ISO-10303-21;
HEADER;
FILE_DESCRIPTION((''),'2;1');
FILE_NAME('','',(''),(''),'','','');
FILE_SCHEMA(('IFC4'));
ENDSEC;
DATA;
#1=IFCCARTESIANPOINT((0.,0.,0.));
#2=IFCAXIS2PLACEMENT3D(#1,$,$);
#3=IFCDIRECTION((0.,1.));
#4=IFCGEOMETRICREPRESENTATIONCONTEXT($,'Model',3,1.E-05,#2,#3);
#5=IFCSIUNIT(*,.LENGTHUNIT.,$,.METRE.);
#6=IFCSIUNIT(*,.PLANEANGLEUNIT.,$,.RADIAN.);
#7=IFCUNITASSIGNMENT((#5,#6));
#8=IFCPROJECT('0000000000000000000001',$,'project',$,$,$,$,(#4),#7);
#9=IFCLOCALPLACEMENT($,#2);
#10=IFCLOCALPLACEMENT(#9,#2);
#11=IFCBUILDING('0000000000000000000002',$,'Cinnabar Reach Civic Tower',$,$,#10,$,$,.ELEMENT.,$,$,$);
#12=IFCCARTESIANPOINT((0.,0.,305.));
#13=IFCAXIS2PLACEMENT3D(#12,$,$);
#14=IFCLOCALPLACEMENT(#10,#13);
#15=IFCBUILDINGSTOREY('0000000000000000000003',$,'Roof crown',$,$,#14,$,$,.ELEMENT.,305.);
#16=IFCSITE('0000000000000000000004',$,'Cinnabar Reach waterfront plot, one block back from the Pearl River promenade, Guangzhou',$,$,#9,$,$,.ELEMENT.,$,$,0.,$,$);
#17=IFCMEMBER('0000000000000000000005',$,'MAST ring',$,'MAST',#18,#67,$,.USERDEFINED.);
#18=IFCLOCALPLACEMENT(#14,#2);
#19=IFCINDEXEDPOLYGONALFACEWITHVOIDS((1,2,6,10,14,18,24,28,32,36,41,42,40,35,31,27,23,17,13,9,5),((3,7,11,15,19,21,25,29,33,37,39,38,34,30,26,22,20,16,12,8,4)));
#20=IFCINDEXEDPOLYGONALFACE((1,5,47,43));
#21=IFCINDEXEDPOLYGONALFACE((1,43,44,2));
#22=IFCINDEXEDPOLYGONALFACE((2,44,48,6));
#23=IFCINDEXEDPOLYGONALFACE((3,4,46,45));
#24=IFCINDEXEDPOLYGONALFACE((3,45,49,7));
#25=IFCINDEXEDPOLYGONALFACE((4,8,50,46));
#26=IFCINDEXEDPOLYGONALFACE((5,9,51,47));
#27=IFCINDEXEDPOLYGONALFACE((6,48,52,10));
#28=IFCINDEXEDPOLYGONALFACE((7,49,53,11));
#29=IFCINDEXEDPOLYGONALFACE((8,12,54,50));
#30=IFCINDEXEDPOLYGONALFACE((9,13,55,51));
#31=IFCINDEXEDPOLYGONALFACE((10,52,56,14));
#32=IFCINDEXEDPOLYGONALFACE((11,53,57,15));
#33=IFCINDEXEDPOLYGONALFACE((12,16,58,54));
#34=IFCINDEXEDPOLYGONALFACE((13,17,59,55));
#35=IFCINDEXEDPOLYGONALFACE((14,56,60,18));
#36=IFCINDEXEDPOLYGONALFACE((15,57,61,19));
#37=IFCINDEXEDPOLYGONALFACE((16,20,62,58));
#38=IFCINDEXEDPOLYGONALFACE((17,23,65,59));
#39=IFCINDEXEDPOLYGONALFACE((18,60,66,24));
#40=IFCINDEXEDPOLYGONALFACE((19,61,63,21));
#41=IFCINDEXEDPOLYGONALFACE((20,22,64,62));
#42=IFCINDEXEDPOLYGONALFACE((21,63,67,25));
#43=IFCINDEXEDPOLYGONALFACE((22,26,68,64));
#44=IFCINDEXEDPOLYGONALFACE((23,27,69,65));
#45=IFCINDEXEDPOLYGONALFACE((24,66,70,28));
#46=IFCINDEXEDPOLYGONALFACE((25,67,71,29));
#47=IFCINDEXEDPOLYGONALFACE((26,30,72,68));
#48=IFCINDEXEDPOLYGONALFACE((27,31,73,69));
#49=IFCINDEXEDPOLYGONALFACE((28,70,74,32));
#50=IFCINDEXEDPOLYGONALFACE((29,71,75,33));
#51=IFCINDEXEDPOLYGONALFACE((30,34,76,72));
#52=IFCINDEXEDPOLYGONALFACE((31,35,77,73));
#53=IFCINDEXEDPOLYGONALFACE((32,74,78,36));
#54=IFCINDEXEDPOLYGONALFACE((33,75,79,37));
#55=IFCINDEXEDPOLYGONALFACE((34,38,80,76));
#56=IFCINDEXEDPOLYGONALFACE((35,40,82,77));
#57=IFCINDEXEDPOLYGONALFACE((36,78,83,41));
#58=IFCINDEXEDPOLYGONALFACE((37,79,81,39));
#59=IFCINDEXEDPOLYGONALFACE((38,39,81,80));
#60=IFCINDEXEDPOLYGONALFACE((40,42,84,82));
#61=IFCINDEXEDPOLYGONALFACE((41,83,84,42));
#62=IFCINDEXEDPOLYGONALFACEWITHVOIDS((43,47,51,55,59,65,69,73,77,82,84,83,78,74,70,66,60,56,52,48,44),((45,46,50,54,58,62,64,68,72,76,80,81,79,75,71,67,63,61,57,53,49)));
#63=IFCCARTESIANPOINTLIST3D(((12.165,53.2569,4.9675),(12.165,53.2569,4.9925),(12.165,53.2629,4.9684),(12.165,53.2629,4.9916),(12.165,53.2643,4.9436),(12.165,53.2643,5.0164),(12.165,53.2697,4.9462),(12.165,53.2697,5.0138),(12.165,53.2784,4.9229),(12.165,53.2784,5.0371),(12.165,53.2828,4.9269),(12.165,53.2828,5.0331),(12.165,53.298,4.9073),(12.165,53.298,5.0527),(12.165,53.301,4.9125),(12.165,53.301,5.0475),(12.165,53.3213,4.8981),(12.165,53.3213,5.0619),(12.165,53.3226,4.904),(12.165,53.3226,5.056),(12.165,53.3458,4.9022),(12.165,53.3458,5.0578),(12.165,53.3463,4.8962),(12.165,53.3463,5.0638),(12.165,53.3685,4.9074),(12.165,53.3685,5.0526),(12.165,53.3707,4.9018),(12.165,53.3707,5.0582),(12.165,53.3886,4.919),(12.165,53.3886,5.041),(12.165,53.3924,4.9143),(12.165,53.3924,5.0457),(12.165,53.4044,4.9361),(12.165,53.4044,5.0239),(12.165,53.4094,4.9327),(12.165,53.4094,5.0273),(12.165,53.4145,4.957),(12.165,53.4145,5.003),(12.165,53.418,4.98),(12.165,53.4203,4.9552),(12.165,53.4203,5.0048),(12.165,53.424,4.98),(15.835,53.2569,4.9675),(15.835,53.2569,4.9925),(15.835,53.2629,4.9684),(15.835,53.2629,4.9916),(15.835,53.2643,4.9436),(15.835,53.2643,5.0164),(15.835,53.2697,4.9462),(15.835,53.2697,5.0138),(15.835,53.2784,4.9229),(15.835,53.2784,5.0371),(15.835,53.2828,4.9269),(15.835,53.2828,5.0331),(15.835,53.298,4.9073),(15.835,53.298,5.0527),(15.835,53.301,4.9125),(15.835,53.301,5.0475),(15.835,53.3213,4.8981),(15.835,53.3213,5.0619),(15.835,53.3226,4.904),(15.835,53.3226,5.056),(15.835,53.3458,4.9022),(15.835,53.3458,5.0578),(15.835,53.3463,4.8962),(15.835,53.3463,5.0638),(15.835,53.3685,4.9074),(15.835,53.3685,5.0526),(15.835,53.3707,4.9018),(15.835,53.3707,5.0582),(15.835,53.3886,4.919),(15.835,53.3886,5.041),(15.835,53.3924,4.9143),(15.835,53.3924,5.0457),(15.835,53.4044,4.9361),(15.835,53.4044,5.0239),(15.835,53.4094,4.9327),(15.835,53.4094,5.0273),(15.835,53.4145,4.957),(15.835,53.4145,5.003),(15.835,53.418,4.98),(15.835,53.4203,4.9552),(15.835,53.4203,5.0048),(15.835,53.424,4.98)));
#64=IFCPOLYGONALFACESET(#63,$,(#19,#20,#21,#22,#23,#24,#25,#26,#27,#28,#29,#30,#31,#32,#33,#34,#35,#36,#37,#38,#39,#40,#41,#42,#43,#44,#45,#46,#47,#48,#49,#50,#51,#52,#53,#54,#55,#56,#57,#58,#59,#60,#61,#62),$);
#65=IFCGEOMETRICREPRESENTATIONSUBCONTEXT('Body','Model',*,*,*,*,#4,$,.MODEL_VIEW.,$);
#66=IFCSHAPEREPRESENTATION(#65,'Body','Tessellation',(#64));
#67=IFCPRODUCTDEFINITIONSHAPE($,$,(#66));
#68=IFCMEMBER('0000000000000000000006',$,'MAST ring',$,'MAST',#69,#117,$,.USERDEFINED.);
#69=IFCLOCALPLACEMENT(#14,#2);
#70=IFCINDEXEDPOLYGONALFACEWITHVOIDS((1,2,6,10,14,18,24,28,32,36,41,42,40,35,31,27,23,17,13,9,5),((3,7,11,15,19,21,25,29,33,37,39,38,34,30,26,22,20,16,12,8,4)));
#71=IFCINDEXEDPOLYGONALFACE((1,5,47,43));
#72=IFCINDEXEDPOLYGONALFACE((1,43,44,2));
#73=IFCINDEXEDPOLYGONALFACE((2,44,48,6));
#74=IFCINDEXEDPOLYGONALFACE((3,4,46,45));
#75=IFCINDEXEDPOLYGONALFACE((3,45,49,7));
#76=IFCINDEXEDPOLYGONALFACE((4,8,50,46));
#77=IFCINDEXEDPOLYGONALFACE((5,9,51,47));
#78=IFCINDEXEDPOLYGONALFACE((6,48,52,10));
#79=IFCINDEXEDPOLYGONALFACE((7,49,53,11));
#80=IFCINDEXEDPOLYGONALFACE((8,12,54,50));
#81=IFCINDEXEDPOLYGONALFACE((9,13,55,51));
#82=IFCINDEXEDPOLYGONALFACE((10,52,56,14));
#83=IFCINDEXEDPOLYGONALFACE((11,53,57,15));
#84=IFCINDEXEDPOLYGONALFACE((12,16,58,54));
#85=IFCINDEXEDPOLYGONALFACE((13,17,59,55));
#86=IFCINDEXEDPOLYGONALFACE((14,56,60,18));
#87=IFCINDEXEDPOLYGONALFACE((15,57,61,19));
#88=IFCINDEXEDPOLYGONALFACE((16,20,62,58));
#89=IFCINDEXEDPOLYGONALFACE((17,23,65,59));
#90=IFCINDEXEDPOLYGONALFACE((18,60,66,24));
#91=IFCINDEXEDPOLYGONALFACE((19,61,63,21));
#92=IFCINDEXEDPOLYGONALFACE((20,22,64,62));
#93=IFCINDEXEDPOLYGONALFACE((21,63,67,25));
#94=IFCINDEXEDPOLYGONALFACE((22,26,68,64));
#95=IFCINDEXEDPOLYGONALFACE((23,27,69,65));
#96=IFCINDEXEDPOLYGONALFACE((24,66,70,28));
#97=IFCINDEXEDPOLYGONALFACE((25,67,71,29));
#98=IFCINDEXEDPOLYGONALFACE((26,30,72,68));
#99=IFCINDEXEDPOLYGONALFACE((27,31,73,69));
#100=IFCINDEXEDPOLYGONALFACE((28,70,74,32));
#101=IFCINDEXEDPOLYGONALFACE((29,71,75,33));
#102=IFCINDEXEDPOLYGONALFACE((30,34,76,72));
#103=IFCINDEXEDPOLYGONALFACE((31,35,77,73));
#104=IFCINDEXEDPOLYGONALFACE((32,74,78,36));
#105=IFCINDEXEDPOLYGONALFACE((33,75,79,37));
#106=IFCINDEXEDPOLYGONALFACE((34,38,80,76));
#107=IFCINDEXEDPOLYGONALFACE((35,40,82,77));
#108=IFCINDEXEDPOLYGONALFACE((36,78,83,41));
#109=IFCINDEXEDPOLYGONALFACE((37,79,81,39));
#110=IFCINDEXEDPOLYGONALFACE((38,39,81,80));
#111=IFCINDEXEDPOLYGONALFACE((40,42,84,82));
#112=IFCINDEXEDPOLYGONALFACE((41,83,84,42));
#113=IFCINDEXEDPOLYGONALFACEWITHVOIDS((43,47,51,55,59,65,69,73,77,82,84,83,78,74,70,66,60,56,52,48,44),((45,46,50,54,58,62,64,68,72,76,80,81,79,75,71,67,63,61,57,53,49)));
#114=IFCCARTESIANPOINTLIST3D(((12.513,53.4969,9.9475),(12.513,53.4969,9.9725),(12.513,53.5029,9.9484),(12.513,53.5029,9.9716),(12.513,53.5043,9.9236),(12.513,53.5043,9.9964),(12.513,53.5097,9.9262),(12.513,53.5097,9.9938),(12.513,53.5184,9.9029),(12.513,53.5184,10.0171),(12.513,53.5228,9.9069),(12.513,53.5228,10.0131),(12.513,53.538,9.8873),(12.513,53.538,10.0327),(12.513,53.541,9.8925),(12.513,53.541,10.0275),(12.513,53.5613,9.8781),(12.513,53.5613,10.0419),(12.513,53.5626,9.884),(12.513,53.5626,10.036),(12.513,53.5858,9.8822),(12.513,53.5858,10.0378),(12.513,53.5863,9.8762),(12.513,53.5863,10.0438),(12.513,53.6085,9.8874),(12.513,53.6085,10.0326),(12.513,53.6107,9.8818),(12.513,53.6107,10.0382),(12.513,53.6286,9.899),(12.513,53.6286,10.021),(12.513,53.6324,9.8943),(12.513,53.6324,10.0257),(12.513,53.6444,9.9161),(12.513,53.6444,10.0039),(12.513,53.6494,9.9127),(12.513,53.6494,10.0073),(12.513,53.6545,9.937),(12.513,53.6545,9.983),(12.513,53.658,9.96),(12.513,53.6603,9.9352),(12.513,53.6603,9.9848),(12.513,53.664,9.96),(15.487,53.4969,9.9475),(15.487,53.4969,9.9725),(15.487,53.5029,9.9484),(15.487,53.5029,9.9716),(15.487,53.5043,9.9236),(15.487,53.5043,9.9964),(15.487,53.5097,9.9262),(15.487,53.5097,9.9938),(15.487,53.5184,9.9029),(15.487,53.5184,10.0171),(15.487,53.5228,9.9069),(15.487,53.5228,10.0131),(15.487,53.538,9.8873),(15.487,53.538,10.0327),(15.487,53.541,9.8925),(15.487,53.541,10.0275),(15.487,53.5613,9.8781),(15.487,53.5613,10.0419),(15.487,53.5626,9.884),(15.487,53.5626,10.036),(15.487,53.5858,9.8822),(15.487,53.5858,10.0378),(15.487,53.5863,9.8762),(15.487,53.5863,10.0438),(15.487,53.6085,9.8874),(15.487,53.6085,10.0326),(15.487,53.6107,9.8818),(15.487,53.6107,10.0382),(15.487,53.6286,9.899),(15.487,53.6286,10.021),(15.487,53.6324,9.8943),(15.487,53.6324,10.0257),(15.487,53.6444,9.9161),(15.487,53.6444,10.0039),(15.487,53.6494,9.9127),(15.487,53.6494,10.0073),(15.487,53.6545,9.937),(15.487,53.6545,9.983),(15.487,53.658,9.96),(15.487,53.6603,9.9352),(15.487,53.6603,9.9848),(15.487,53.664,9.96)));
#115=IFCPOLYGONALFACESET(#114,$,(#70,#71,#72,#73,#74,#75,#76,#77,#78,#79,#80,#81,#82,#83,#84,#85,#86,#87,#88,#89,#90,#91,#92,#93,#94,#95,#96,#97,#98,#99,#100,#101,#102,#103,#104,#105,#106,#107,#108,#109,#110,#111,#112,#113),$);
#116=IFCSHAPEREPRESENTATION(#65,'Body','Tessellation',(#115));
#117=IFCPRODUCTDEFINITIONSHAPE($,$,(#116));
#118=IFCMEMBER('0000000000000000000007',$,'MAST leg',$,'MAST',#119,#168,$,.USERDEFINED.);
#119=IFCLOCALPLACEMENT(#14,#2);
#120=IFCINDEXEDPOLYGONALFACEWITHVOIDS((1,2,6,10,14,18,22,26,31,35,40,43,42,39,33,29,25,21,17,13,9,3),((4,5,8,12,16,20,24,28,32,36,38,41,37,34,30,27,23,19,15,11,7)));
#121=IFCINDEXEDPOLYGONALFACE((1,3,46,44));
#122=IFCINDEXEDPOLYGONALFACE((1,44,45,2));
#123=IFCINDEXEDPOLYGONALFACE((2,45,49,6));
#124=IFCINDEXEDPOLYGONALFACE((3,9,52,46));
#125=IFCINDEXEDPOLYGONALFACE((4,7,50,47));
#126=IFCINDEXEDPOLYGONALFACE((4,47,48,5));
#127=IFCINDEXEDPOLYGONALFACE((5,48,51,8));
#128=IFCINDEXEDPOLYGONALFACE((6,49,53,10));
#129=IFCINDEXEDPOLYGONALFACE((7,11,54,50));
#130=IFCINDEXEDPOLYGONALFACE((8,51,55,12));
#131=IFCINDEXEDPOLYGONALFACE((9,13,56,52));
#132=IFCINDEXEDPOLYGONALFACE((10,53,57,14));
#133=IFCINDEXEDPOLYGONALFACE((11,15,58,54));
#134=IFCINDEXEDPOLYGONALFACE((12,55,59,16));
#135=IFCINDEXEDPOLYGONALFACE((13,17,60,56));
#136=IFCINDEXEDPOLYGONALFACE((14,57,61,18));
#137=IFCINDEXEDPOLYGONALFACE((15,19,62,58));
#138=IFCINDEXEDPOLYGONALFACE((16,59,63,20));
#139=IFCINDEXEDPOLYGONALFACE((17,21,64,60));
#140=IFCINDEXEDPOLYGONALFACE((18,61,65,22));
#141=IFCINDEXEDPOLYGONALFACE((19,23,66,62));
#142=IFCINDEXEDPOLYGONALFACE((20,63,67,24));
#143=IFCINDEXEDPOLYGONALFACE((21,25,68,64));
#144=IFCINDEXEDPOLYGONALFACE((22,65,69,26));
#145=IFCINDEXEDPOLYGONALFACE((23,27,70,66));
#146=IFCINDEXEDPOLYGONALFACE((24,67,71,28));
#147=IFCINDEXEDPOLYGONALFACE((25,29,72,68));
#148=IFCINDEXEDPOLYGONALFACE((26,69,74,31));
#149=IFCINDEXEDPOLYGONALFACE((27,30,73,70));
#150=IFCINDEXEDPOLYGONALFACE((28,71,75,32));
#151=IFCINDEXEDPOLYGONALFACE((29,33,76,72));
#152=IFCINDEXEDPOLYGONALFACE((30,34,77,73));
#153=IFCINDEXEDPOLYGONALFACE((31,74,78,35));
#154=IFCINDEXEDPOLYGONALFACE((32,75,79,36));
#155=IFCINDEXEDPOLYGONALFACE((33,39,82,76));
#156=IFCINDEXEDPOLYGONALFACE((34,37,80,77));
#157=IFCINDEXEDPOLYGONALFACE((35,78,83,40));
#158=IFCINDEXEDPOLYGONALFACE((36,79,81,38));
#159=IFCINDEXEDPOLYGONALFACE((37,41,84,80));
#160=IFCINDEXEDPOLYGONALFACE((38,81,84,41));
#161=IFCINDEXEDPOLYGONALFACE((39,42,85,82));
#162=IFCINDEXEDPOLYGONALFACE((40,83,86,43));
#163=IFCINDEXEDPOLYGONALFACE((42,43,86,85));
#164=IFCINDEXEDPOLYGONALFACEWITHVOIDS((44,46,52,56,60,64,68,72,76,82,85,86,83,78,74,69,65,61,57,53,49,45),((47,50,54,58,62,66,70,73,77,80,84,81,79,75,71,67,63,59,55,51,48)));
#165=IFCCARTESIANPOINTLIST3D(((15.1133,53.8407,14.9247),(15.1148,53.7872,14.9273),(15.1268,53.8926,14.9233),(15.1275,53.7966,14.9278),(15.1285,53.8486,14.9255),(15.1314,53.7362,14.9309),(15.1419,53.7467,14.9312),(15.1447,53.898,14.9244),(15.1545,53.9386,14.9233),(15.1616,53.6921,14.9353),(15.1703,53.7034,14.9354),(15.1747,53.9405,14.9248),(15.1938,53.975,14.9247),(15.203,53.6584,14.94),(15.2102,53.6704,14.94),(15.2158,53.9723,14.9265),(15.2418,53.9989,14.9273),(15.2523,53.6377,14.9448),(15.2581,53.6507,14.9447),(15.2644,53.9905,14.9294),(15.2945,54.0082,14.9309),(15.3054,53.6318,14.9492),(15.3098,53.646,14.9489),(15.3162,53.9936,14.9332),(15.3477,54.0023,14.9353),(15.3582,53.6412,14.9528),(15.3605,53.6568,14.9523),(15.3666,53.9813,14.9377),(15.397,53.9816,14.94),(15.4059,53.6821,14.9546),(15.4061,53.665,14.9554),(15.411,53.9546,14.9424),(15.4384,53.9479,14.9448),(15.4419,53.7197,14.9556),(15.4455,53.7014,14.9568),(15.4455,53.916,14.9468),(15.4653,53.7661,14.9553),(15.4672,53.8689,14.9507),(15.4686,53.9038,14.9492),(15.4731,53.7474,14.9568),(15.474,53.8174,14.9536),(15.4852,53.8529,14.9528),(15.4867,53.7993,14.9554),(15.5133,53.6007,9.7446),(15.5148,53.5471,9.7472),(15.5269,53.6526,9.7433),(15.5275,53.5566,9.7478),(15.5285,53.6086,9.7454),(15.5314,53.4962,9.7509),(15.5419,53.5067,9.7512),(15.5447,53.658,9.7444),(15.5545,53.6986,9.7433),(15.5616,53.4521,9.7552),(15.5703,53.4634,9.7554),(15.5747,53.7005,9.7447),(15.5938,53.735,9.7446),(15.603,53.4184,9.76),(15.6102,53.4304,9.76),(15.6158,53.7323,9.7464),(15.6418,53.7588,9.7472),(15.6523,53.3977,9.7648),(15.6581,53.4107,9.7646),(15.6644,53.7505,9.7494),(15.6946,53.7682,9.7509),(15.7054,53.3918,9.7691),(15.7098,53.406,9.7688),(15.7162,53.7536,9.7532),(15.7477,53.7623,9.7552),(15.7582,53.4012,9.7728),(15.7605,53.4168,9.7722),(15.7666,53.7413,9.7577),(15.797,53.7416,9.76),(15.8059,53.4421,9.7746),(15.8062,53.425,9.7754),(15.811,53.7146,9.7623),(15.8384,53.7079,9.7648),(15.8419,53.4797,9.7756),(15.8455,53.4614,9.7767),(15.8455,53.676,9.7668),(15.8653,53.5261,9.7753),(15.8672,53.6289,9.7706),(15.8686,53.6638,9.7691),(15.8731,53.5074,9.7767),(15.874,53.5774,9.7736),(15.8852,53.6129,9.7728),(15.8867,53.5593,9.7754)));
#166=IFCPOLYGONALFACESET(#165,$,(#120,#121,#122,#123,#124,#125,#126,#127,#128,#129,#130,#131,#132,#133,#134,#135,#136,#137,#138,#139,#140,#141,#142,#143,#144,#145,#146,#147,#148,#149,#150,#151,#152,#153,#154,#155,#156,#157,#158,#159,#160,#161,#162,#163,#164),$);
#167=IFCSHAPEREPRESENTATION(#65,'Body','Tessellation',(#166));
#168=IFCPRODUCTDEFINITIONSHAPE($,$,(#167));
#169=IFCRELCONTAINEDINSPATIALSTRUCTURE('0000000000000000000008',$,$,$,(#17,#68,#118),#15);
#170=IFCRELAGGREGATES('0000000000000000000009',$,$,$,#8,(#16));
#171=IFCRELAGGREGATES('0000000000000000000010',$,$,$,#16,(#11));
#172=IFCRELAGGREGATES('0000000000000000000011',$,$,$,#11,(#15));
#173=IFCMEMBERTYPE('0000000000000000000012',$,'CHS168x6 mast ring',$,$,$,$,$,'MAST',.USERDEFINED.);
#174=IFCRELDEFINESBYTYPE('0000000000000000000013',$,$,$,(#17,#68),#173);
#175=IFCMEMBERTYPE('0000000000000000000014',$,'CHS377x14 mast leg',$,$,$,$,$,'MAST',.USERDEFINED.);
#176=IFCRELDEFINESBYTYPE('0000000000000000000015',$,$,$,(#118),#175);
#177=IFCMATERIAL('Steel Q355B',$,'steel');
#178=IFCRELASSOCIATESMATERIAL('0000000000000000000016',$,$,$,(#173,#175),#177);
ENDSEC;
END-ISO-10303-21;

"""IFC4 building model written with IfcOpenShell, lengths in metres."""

from ifc_helpers import new_model, si_unit, direction, frame, origin, origin_2d, place, context, subcontext, project, spatial, hollow_circle, extrude, material, material_profile, profile_set, type_object, element, save


model = new_model("IFC4")

# Units and contexts
model_context = context("Model", 3, precision=1e-05, world=origin(), true_north=direction((0.0, 1.0)))
body_context = subcontext(model_context, "Body", "Model", "MODEL_VIEW")
ifc_project = project(units=[si_unit("LENGTHUNIT", "METRE"), si_unit("PLANEANGLEUNIT", "RADIAN")], contexts=[model_context])

# Site, building, storey
site_placement = place(None, origin())
site = spatial("IfcSite", under=ifc_project, at=site_placement, Name="Cinnabar Reach waterfront plot, one block back from the Pearl River promenade, Guangzhou", CompositionType="ELEMENT", RefElevation=0.0)
building_placement = place(site_placement, origin())
building = spatial("IfcBuilding", under=site, at=building_placement, Name="Cinnabar Reach Civic Tower", CompositionType="ELEMENT")
storey_placement = place(building_placement, frame((0.0, 0.0, 305.0)))
storey = spatial("IfcBuildingStorey", under=building, at=storey_placement, Name="Roof crown", CompositionType="ELEMENT", Elevation=305.0)

# Members
ifc_material_1 = material(Name="Steel Q355B", Category="steel")
ifc_material_profile_1 = material_profile(ifc_material_1, hollow_circle(Radius=0.084, WallThickness=0.006, at=origin_2d()), Name="CHS168x6")
ifc_profile_set_1 = profile_set([ifc_material_profile_1], Name="Steel Q355B")
member_type_1 = type_object("IfcMemberType", Name="CHS168x6 mast ring", ElementType="MAST", PredefinedType="USERDEFINED", material=ifc_profile_set_1)
member_1_placement = place(storey_placement, frame((12.165, 53.34, 4.98), z_axis=(1.0, 0.0, 0.0), x_axis=(0.0, 1.0, 0.0)))
element("IfcMember", 1, at=member_1_placement, inside=storey, type_object=member_type_1, Name="MAST ring", ObjectType="MAST", PredefinedType="USERDEFINED", context=body_context, shape_type="SweptSolid", body=[
    extrude(hollow_circle(Radius=0.084, WallThickness=0.006, at=origin_2d()), origin(), (0.0, 0.0, 1.0), 3.67),
])
member_2_placement = place(storey_placement, frame((12.513, 53.58, 9.96), z_axis=(1.0, 0.0, 0.0), x_axis=(0.0, 1.0, 0.0)))
element("IfcMember", 2, at=member_2_placement, inside=storey, type_object=member_type_1, Name="MAST ring", ObjectType="MAST", PredefinedType="USERDEFINED", context=body_context, shape_type="SweptSolid", body=[
    extrude(hollow_circle(Radius=0.084, WallThickness=0.006, at=origin_2d()), origin(), (0.0, 0.0, 1.0), 2.974),
])
ifc_material_profile_2 = material_profile(ifc_material_1, hollow_circle(Radius=0.1885, WallThickness=0.014, at=origin_2d()), Name="CHS377x14")
ifc_profile_set_2 = profile_set([ifc_material_profile_2], Name="Steel Q355B")
member_type_2 = type_object("IfcMemberType", Name="CHS377x14 mast leg", ElementType="MAST", PredefinedType="USERDEFINED", material=ifc_profile_set_2)
member_3_placement = place(storey_placement, frame((15.7, 53.58, 9.76), z_axis=(-0.076909, 0.046145, 0.99597), x_axis=(-0.514496, -0.857493, 0.0)))
element("IfcMember", 3, at=member_3_placement, inside=storey, type_object=member_type_2, Name="MAST leg", ObjectType="MAST", PredefinedType="USERDEFINED", context=body_context, shape_type="SweptSolid", body=[
    extrude(hollow_circle(Radius=0.1885, WallThickness=0.014, at=origin_2d()), origin(), (0.0, 0.0, 1.0), 5.201),
])

save(model, "model.ifc")
